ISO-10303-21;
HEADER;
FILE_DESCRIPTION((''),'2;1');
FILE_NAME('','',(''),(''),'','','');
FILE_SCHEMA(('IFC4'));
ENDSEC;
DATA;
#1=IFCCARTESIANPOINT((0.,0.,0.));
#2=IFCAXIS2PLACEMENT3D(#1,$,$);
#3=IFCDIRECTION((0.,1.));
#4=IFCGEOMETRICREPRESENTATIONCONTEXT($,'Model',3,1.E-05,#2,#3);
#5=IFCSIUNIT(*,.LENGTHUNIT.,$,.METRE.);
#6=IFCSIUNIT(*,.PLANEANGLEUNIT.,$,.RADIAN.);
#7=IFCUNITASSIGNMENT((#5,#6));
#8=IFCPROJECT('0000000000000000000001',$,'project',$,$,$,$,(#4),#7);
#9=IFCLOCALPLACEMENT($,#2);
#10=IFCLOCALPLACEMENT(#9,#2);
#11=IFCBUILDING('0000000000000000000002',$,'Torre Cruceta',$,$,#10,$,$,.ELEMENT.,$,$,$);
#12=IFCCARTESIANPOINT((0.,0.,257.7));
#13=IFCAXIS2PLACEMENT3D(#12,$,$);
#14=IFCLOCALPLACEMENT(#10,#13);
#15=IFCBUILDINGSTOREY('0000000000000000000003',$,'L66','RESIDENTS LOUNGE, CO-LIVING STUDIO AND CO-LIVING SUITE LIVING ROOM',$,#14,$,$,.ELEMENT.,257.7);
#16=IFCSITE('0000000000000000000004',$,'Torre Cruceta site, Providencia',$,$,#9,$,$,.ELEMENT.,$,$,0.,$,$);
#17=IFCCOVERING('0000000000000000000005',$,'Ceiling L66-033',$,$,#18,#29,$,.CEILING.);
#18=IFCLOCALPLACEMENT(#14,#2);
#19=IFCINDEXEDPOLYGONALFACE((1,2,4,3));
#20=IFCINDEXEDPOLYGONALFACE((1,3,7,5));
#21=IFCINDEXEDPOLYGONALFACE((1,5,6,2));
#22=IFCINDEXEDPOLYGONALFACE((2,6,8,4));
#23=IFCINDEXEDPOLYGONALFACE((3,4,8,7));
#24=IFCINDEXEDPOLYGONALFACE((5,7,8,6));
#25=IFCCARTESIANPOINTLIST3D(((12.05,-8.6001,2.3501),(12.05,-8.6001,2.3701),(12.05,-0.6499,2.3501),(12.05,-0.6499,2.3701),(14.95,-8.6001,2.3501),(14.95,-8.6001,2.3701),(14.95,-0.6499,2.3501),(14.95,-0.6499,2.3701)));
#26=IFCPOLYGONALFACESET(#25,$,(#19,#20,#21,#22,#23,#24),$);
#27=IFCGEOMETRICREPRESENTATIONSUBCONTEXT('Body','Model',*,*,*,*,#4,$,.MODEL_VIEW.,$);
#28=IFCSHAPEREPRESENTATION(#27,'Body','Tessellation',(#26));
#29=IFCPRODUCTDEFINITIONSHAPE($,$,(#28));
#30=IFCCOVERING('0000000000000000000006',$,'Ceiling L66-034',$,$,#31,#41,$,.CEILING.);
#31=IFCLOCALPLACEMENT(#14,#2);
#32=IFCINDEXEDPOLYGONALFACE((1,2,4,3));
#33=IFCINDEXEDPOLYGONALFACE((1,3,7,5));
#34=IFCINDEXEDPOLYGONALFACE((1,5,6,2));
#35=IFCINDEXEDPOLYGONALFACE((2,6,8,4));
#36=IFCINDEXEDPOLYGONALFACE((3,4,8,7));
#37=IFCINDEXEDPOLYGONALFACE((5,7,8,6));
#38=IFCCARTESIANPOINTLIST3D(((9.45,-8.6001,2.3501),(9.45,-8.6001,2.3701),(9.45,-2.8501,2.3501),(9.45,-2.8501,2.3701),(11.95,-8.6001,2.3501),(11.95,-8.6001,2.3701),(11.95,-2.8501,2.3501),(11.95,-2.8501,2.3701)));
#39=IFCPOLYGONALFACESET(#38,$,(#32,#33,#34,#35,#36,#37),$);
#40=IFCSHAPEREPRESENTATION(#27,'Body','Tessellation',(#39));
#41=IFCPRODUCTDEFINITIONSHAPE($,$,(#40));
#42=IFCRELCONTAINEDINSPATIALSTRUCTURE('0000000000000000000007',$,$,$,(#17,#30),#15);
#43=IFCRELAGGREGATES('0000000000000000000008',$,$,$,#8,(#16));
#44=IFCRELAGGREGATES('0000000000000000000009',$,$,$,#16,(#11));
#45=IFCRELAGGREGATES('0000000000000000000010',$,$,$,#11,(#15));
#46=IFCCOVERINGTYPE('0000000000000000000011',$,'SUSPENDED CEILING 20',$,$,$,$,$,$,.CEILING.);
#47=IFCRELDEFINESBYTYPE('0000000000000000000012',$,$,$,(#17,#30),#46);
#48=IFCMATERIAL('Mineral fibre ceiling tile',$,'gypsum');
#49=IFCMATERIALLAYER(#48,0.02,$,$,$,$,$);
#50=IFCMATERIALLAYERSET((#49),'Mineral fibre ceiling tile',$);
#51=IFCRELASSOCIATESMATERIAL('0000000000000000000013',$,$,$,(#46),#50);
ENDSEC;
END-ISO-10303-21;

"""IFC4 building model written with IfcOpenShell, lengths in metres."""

from ifc_helpers import new_model, si_unit, direction, frame, origin, place, context, subcontext, project, spatial, polyline, outline, extrude, material, layer, layer_set, type_object, element, save


model = new_model("IFC4")

# Units and contexts
model_context = context("Model", 3, precision=1e-05, world=origin(), true_north=direction((0.0, 1.0)))
body_context = subcontext(model_context, "Body", "Model", "MODEL_VIEW")
ifc_project = project(units=[si_unit("LENGTHUNIT", "METRE"), si_unit("PLANEANGLEUNIT", "RADIAN")], contexts=[model_context])

# Site, building, storey
site_placement = place(None, origin())
site = spatial("IfcSite", under=ifc_project, at=site_placement, Name="Torre Cruceta site, Providencia", CompositionType="ELEMENT", RefElevation=0.0)
building_placement = place(site_placement, origin())
building = spatial("IfcBuilding", under=site, at=building_placement, Name="Torre Cruceta", CompositionType="ELEMENT")
storey_placement = place(building_placement, frame((0.0, 0.0, 257.7)))
storey = spatial("IfcBuildingStorey", under=building, at=storey_placement, Name="L66", Description="RESIDENTS LOUNGE, CO-LIVING STUDIO AND CO-LIVING SUITE LIVING ROOM", CompositionType="ELEMENT", Elevation=257.7)

# Coverings
ifc_material_1 = material(Name="Mineral fibre ceiling tile", Category="gypsum")
ifc_layer_1 = layer(ifc_material_1, 0.02)
ifc_layer_set_1 = layer_set([ifc_layer_1], Name="Mineral fibre ceiling tile")
covering_type = type_object("IfcCoveringType", Name="SUSPENDED CEILING 20", PredefinedType="CEILING", material=ifc_layer_set_1)
covering_1_placement = place(storey_placement, frame((0.0, 0.0, 2.3501)))
element("IfcCovering", 1, at=covering_1_placement, inside=storey, type_object=covering_type, Name="Ceiling L66-033", PredefinedType="CEILING", context=body_context, shape_type="SweptSolid", body=[
    extrude(outline(polyline([(14.95, -8.6001), (12.05, -8.6001), (12.05, -0.6499), (14.95, -0.6499), (14.95, -8.6001)])), origin(), (0.0, 0.0, 1.0), 0.02),
])
covering_2_placement = place(storey_placement, frame((0.0, 0.0, 2.3501)))
element("IfcCovering", 2, at=covering_2_placement, inside=storey, type_object=covering_type, Name="Ceiling L66-034", PredefinedType="CEILING", context=body_context, shape_type="SweptSolid", body=[
    extrude(outline(polyline([(9.45, -8.6001), (9.45, -2.8501), (11.95, -2.8501), (11.95, -8.6001), (9.45, -8.6001)])), origin(), (0.0, 0.0, 1.0), 0.02),
])

save(model, "model.ifc")
